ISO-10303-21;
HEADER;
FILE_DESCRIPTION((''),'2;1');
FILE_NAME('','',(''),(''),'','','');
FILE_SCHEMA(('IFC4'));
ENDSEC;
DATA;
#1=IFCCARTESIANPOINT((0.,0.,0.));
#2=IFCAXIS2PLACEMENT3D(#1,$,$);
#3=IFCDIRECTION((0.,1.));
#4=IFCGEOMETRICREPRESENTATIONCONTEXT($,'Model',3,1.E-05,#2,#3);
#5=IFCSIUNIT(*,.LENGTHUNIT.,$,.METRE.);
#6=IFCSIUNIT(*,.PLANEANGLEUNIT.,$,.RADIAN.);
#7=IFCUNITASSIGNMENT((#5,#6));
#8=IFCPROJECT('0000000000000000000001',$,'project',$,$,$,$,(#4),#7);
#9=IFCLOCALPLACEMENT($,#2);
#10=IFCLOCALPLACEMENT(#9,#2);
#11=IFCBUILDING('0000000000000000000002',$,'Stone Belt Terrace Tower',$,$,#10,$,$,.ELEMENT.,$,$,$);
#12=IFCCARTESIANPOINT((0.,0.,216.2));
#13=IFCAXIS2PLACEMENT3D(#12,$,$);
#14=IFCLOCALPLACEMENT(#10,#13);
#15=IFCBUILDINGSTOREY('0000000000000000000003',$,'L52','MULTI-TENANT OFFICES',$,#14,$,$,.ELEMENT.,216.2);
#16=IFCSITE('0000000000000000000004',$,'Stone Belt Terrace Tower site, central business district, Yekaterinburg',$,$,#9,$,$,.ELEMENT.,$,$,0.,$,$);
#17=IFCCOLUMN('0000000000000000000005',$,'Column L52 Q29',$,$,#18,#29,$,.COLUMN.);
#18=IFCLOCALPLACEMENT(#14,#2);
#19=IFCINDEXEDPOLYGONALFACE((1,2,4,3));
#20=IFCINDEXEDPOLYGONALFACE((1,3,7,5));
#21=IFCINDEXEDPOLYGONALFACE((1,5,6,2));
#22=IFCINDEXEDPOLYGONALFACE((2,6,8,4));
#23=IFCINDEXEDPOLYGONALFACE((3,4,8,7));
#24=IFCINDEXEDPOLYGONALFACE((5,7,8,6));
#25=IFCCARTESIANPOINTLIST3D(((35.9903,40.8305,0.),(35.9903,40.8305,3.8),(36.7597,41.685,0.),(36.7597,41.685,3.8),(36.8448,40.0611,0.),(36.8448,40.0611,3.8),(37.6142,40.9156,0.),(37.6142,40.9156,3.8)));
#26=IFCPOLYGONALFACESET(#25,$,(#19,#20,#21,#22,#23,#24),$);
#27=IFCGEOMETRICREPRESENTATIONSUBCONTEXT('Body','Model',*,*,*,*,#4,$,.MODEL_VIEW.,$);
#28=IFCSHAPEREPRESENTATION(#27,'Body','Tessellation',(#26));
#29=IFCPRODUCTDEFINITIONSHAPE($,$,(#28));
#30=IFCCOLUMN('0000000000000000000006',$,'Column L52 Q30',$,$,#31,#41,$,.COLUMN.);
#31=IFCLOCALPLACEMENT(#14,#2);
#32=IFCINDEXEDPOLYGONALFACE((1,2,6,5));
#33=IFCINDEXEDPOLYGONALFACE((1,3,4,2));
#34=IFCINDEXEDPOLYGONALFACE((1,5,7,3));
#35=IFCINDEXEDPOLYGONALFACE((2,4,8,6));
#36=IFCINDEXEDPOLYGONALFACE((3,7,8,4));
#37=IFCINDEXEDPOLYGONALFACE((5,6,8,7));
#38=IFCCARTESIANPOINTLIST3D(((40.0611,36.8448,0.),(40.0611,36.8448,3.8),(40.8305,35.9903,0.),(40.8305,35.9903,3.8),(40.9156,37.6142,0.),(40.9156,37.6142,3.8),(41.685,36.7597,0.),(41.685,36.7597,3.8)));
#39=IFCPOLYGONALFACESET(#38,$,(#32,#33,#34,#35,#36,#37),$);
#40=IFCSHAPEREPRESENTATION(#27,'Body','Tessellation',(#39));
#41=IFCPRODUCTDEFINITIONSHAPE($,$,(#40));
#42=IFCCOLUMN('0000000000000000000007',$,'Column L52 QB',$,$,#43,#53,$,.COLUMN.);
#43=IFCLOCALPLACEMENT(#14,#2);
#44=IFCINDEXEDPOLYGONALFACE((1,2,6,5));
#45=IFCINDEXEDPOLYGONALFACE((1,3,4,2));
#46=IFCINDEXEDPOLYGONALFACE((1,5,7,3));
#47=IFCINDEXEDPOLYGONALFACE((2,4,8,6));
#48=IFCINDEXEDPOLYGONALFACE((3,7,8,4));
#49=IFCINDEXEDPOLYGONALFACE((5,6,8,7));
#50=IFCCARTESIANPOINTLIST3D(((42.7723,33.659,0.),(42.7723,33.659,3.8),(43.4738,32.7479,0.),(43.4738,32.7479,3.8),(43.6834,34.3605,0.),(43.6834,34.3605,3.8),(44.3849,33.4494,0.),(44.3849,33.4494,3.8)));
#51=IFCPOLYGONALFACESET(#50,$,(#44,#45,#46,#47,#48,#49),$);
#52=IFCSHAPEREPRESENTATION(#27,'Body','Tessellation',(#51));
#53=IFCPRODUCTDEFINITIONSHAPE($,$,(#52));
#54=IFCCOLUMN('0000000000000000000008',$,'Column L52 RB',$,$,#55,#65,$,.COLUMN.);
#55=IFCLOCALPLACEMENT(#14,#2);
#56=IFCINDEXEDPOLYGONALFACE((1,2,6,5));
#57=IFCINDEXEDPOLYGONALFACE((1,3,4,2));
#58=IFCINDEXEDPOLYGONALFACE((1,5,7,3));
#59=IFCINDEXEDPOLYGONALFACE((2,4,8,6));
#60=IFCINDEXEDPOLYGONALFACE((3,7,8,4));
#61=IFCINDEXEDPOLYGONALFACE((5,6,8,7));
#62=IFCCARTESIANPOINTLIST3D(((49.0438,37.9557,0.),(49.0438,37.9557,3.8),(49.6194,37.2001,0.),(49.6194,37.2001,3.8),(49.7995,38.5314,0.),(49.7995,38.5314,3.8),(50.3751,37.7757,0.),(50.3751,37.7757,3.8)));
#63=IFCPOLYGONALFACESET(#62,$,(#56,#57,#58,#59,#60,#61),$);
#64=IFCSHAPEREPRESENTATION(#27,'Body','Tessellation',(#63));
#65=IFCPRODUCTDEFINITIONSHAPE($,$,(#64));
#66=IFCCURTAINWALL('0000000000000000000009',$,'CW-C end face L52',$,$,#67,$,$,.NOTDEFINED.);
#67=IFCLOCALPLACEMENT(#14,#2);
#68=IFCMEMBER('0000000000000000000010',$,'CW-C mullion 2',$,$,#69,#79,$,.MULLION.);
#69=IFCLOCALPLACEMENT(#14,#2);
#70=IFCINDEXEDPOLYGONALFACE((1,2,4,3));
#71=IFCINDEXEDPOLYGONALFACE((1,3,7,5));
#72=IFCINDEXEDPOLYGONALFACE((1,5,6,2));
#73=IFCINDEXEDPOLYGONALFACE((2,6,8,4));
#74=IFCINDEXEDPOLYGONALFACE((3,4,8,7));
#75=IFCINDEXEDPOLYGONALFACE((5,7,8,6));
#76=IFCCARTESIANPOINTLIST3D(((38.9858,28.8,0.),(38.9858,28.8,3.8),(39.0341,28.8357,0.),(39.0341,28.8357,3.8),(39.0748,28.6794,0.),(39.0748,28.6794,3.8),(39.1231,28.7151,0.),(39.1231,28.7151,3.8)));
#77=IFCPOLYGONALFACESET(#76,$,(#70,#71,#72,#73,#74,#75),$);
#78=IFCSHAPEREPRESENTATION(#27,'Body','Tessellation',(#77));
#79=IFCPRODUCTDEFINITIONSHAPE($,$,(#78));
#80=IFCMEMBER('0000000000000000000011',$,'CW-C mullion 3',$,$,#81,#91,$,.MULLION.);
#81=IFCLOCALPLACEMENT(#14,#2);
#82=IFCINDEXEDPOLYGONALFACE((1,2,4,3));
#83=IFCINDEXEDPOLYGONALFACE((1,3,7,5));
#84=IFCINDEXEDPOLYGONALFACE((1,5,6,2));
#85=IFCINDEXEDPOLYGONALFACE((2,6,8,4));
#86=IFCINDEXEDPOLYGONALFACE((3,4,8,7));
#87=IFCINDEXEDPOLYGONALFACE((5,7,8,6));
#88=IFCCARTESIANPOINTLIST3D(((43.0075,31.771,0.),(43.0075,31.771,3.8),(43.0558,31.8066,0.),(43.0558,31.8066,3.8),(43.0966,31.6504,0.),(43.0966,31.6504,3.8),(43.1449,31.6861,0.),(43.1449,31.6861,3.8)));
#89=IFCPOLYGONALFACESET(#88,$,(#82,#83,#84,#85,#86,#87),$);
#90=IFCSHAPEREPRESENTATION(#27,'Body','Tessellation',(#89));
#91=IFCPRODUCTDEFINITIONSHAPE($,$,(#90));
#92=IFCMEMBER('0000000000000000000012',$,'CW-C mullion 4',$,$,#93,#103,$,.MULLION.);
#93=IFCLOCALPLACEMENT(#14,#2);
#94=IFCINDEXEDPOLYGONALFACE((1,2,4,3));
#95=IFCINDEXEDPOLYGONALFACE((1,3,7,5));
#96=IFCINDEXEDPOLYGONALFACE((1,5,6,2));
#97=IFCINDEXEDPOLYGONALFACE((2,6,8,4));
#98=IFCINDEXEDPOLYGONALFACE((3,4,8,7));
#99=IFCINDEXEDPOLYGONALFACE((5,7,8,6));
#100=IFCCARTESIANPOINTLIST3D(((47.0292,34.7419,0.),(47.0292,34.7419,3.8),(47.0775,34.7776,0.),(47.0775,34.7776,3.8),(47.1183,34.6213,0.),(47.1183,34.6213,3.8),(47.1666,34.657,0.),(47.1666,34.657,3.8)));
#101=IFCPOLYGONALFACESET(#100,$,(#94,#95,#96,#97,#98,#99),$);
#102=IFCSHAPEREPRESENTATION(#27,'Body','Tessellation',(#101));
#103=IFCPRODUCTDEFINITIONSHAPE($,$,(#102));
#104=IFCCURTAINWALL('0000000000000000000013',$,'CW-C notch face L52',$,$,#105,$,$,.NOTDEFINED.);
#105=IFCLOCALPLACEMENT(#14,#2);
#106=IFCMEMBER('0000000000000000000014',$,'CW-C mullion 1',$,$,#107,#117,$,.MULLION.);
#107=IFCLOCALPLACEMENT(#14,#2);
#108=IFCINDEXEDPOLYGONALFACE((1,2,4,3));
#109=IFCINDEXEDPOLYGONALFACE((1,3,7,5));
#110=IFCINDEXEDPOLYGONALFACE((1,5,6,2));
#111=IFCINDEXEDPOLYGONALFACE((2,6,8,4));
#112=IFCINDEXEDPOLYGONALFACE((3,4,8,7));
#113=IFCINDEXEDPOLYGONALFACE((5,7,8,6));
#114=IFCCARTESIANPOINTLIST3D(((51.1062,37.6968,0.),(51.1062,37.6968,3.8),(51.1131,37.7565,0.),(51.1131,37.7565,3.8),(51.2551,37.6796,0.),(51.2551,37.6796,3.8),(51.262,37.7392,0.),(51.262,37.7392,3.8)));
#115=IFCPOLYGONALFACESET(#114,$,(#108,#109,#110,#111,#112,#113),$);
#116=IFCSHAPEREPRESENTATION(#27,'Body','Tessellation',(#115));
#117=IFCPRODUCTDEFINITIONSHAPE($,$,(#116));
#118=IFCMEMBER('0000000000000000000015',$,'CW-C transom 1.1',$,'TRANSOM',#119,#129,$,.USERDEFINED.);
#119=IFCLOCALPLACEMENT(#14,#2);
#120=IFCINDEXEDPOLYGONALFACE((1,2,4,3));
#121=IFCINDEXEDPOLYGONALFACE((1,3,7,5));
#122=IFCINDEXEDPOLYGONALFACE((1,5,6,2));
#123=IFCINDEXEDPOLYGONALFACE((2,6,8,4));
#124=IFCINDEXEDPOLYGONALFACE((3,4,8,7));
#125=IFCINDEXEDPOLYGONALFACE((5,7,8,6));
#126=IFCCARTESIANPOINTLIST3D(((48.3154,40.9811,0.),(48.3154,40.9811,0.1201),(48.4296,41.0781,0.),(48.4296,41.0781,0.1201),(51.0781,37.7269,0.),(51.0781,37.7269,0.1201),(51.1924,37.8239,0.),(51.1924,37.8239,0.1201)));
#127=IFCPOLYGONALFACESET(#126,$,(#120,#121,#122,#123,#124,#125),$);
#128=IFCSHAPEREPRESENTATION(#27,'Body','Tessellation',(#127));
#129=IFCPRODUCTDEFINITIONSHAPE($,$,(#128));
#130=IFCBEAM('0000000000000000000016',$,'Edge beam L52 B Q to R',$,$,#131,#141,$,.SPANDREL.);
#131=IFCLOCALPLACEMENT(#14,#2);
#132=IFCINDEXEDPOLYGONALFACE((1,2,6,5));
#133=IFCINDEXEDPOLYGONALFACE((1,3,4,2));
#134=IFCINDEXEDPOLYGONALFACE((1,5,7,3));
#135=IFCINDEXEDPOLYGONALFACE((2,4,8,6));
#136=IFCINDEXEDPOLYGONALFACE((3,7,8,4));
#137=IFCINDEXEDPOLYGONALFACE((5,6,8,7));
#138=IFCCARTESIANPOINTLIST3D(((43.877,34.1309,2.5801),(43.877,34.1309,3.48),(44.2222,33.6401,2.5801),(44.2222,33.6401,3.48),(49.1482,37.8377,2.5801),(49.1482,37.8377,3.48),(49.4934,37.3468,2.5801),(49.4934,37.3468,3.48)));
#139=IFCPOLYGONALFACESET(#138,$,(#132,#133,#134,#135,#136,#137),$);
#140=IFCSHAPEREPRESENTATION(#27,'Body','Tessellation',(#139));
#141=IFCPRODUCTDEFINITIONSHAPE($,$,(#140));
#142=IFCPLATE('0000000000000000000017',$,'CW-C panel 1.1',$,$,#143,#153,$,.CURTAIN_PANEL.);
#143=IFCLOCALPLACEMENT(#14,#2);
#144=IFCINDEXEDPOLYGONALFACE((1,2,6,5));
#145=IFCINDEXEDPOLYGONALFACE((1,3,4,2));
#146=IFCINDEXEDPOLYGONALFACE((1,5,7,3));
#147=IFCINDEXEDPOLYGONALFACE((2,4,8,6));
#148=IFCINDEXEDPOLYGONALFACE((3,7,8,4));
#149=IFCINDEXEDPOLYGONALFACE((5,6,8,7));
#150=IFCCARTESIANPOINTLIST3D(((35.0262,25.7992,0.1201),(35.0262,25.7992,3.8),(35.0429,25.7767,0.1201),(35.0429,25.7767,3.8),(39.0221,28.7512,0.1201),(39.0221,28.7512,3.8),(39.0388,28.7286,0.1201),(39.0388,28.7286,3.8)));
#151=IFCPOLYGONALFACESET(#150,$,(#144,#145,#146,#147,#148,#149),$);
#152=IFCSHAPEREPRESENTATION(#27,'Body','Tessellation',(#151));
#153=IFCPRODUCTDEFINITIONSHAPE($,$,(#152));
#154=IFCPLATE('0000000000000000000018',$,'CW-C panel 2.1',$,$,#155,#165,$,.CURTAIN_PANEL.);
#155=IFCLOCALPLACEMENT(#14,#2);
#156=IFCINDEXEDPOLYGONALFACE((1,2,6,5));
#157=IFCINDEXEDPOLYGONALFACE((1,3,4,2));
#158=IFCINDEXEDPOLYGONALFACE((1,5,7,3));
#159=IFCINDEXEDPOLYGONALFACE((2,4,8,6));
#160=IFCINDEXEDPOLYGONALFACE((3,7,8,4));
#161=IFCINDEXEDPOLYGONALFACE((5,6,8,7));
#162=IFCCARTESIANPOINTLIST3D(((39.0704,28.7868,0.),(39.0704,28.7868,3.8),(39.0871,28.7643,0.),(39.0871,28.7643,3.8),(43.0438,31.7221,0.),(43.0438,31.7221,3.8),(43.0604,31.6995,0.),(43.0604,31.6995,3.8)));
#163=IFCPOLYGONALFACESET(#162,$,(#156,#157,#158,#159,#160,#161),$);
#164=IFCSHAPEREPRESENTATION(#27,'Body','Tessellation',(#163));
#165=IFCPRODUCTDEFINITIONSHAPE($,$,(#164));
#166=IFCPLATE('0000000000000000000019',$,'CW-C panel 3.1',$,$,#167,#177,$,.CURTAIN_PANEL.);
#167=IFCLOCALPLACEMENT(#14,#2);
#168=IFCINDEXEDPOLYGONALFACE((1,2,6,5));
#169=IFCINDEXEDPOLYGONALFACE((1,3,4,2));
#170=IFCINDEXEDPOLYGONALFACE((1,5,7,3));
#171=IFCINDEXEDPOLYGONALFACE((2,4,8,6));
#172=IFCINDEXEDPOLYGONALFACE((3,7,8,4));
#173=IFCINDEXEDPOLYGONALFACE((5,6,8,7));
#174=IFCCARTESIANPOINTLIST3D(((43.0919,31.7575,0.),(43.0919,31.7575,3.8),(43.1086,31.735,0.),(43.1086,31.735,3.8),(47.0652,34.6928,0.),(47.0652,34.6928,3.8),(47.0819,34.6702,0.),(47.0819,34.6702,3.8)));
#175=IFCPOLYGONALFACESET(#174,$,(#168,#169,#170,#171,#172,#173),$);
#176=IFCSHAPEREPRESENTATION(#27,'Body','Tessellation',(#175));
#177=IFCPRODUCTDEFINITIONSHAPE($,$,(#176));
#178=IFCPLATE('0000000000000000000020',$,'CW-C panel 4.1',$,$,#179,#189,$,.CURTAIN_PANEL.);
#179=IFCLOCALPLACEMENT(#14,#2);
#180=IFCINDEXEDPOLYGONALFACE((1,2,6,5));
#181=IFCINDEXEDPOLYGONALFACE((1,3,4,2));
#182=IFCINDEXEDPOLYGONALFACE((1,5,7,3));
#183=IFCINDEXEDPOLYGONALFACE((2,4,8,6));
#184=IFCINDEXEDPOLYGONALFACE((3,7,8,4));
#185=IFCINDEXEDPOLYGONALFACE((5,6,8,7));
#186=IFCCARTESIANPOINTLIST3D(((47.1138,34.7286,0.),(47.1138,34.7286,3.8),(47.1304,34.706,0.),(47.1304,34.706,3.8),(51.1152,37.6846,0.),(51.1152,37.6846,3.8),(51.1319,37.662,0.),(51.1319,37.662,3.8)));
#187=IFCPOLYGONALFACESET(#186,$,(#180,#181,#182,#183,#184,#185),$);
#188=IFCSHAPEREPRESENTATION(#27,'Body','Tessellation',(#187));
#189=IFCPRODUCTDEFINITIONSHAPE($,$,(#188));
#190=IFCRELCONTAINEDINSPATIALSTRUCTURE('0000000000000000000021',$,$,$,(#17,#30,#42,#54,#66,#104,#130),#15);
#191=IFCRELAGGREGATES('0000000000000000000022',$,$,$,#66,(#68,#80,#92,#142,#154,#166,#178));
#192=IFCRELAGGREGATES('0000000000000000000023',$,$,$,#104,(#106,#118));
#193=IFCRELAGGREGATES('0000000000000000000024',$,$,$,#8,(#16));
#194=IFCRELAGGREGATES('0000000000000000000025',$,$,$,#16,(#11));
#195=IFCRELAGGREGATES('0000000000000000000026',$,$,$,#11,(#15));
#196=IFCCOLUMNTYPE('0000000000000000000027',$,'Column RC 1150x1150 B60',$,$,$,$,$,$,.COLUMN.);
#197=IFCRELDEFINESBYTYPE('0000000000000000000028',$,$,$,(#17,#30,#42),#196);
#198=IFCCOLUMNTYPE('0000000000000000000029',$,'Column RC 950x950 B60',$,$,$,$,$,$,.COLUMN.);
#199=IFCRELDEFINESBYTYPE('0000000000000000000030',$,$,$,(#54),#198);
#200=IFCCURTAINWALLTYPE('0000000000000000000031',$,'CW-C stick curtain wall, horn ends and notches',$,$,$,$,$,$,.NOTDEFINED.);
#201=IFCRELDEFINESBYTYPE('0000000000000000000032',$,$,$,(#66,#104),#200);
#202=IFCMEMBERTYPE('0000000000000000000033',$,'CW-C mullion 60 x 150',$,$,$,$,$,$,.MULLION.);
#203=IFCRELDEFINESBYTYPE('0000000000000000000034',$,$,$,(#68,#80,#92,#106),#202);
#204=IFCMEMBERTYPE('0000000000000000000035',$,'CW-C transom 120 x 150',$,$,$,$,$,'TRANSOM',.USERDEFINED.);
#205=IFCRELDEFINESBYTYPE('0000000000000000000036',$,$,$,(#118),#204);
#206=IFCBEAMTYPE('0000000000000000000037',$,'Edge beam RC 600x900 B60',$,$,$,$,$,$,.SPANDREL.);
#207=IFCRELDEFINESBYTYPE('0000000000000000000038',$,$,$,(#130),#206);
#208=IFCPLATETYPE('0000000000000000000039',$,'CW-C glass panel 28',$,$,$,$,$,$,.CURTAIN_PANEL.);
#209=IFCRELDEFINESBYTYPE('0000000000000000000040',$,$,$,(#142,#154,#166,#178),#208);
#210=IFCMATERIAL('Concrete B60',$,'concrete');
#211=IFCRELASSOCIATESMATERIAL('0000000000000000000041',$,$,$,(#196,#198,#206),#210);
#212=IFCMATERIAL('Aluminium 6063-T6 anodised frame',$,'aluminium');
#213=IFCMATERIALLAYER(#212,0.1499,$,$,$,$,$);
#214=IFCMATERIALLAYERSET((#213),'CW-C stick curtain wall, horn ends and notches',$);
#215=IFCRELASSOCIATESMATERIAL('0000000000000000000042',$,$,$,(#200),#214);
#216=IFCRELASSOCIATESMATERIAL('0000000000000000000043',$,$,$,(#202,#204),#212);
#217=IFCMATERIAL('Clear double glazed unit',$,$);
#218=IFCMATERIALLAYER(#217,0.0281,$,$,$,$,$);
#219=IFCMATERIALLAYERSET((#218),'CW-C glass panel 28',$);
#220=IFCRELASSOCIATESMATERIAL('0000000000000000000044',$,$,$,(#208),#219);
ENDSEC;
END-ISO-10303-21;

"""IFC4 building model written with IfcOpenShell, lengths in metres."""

from ifc_helpers import new_model, si_unit, direction, frame, origin, origin_2d, place, context, subcontext, project, spatial, rectangle, extrude, material, layer, layer_set, material_profile, profile_set, type_object, element, aggregate, save


model = new_model("IFC4")

# Units and contexts
model_context = context("Model", 3, precision=1e-05, world=origin(), true_north=direction((0.0, 1.0)))
body_context = subcontext(model_context, "Body", "Model", "MODEL_VIEW")
ifc_project = project(units=[si_unit("LENGTHUNIT", "METRE"), si_unit("PLANEANGLEUNIT", "RADIAN")], contexts=[model_context])

# Site, building, storey
site_placement = place(None, origin())
site = spatial("IfcSite", under=ifc_project, at=site_placement, Name="Stone Belt Terrace Tower site, central business district, Yekaterinburg", CompositionType="ELEMENT", RefElevation=0.0)
building_placement = place(site_placement, origin())
building = spatial("IfcBuilding", under=site, at=building_placement, Name="Stone Belt Terrace Tower", CompositionType="ELEMENT")
storey_placement = place(building_placement, frame((0.0, 0.0, 216.2)))
storey = spatial("IfcBuildingStorey", under=building, at=storey_placement, Name="L52", Description="MULTI-TENANT OFFICES", CompositionType="ELEMENT", Elevation=216.2)

# Columns
ifc_material_1 = material(Name="Concrete B60", Category="concrete")
ifc_material_profile_1 = material_profile(ifc_material_1, rectangle(XDim=1.1499, YDim=1.1499, at=origin_2d()), Name="RC 1150x1150")
ifc_profile_set_1 = profile_set([ifc_material_profile_1], Name="Concrete B60")
column_type_1 = type_object("IfcColumnType", Name="Column RC 1150x1150 B60", PredefinedType="COLUMN", material=ifc_profile_set_1)
for number, where, z_axis, x_axis, name in (
    (1, (36.8022, 40.873, 0.0), (0.0, 0.0, 1.0), (0.743145, -0.669131, 0.0), "Column L52 Q29"),
    (2, (40.873, 36.8022, 0.0), (0.0, 0.0, 1.0), (0.669131, -0.743145, 0.0), "Column L52 Q30"),
    (3, (43.5786, 33.5542, 0.0), (0.0, 0.0, 1.0), (0.610079, -0.792341, 0.0), "Column L52 QB"),
):
    element("IfcColumn", number, at=place(storey_placement, frame(where, z_axis=z_axis, x_axis=x_axis)), inside=storey, type_object=column_type_1, Name=name, PredefinedType="COLUMN", context=body_context, shape_type="SweptSolid", body=[
        extrude(rectangle(XDim=1.1499, YDim=1.1499, at=origin_2d()), origin(), (0.0, 0.0, 1.0), 3.8),
    ])
ifc_material_profile_2 = material_profile(ifc_material_1, rectangle(XDim=0.95, YDim=0.95, at=origin_2d()), Name="RC 950x950")
ifc_profile_set_2 = profile_set([ifc_material_profile_2], Name="Concrete B60")
column_type_2 = type_object("IfcColumnType", Name="Column RC 950x950 B60", PredefinedType="COLUMN", material=ifc_profile_set_2)
column_placement = place(storey_placement, frame((49.7095, 37.8657, 0.0), z_axis=(0.0, 0.0, 1.0), x_axis=(0.605961, -0.795495, 0.0)))
element("IfcColumn", 4, at=column_placement, inside=storey, type_object=column_type_2, Name="Column L52 RB", PredefinedType="COLUMN", context=body_context, shape_type="SweptSolid", body=[
    extrude(rectangle(XDim=0.95, YDim=0.95, at=origin_2d()), origin(), (0.0, 0.0, 1.0), 3.8),
])

# Curtain walls, members
ifc_material_2 = material(Name="Aluminium 6063-T6 anodised frame", Category="aluminium")
ifc_layer_1 = layer(ifc_material_2, 0.1499)
ifc_layer_set_1 = layer_set([ifc_layer_1], Name="CW-C stick curtain wall, horn ends and notches")
curtain_wall_type = type_object("IfcCurtainWallType", Name="CW-C stick curtain wall, horn ends and notches", PredefinedType="NOTDEFINED", material=ifc_layer_set_1)
curtain_wall_1_placement = place(storey_placement, origin())
curtain_wall_1 = element("IfcCurtainWall", 5, at=curtain_wall_1_placement, inside=storey, type_object=curtain_wall_type, Name="CW-C end face L52", PredefinedType="NOTDEFINED")
ifc_material_profile_3 = material_profile(ifc_material_2, rectangle(XDim=0.1499, YDim=0.0601, at=origin_2d()), Name="Aluminium 6063-T6 60x150")
ifc_profile_set_3 = profile_set([ifc_material_profile_3], Name="Aluminium 6063-T6 anodised frame")
member_type_1 = type_object("IfcMemberType", Name="CW-C mullion 60 x 150", PredefinedType="MULLION", material=ifc_profile_set_3)
member_1_placement = place(storey_placement, frame((39.0544, 28.7576, 0.0), z_axis=(0.0, 0.0, 1.0), x_axis=(-0.594184, 0.804329, 0.0)))
member_1 = element("IfcMember", 6, at=member_1_placement, type_object=member_type_1, Name="CW-C mullion 2", PredefinedType="MULLION", context=body_context, shape_type="SweptSolid", body=[
    extrude(rectangle(XDim=0.1499, YDim=0.0601, at=origin_2d()), origin(), (0.0, 0.0, 1.0), 3.8),
])
member_2_placement = place(storey_placement, frame((43.0762, 31.7285, 0.0), z_axis=(0.0, 0.0, 1.0), x_axis=(-0.594184, 0.804329, 0.0)))
member_2 = element("IfcMember", 7, at=member_2_placement, type_object=member_type_1, Name="CW-C mullion 3", PredefinedType="MULLION", context=body_context, shape_type="SweptSolid", body=[
    extrude(rectangle(XDim=0.1499, YDim=0.0601, at=origin_2d()), origin(), (0.0, 0.0, 1.0), 3.8),
])
member_3_placement = place(storey_placement, frame((47.0979, 34.6995, 0.0), z_axis=(0.0, 0.0, 1.0), x_axis=(-0.594184, 0.804329, 0.0)))
member_3 = element("IfcMember", 8, at=member_3_placement, type_object=member_type_1, Name="CW-C mullion 4", PredefinedType="MULLION", context=body_context, shape_type="SweptSolid", body=[
    extrude(rectangle(XDim=0.1499, YDim=0.0601, at=origin_2d()), origin(), (0.0, 0.0, 1.0), 3.8),
])
curtain_wall_2_placement = place(storey_placement, origin())
curtain_wall_2 = element("IfcCurtainWall", 9, at=curtain_wall_2_placement, inside=storey, type_object=curtain_wall_type, Name="CW-C notch face L52", PredefinedType="NOTDEFINED")
member_4_placement = place(storey_placement, frame((51.1841, 37.718, 0.0), z_axis=(0.0, 0.0, 1.0), x_axis=(-0.993359, 0.115057, 0.0)))
member_4 = element("IfcMember", 10, at=member_4_placement, type_object=member_type_1, Name="CW-C mullion 1", PredefinedType="MULLION", context=body_context, shape_type="SweptSolid", body=[
    extrude(rectangle(XDim=0.1499, YDim=0.0601, at=origin_2d()), origin(), (0.0, 0.0, 1.0), 3.8),
])
ifc_material_profile_4 = material_profile(ifc_material_2, rectangle(XDim=0.1499, YDim=0.1201, at=origin_2d()), Name="Aluminium 6063-T6 150x120")
ifc_profile_set_4 = profile_set([ifc_material_profile_4], Name="Aluminium 6063-T6 anodised frame")
member_type_2 = type_object("IfcMemberType", Name="CW-C transom 120 x 150", ElementType="TRANSOM", PredefinedType="USERDEFINED", material=ifc_profile_set_4)
member_5_placement = place(storey_placement, frame((51.1353, 37.7754, 0.0601), z_axis=(-0.647195, 0.762324, 0.0), x_axis=(-0.762324, -0.647195, 0.0)))
member_5 = element("IfcMember", 11, at=member_5_placement, type_object=member_type_2, Name="CW-C transom 1.1", ObjectType="TRANSOM", PredefinedType="USERDEFINED", context=body_context, shape_type="SweptSolid", body=[
    extrude(rectangle(XDim=0.1499, YDim=0.1201, at=origin_2d()), origin(), (0.0, 0.0, 1.0), 4.2688),
])

# Beam
ifc_material_profile_5 = material_profile(ifc_material_1, rectangle(XDim=0.6001, YDim=0.8999, at=origin_2d()), Name="RC 600x900")
ifc_profile_set_5 = profile_set([ifc_material_profile_5], Name="Concrete B60")
beam_type = type_object("IfcBeamType", Name="Edge beam RC 600x900 B60", PredefinedType="SPANDREL", material=ifc_profile_set_5)
beam_placement = place(storey_placement, frame((44.0496, 33.8855, 3.03), z_axis=(0.817997, 0.575223, 0.0), x_axis=(-0.575223, 0.817997, 0.0)))
element("IfcBeam", 12, at=beam_placement, inside=storey, type_object=beam_type, Name="Edge beam L52 B Q to R", PredefinedType="SPANDREL", context=body_context, shape_type="SweptSolid", body=[
    extrude(rectangle(XDim=0.6001, YDim=0.8999, at=origin_2d()), origin(), (0.0, 0.0, 1.0), 6.4441),
])

# Plates
ifc_material_3 = material(Name="Clear double glazed unit")
ifc_layer_2 = layer(ifc_material_3, 0.0281)
ifc_layer_set_2 = layer_set([ifc_layer_2], Name="CW-C glass panel 28")
plate_type = type_object("IfcPlateType", Name="CW-C glass panel 28", PredefinedType="CURTAIN_PANEL", material=ifc_layer_set_2)
plate_1_placement = place(storey_placement, frame((37.0325, 27.2639, 0.1201), z_axis=(0.0, 0.0, 1.0), x_axis=(0.804329, 0.594184, 0.0)))
plate_1 = element("IfcPlate", 13, at=plate_1_placement, type_object=plate_type, Name="CW-C panel 1.1", PredefinedType="CURTAIN_PANEL", context=body_context, shape_type="SweptSolid", body=[
    extrude(rectangle(XDim=4.968, YDim=0.0281, at=origin_2d()), origin(), (0.0, 0.0, 1.0), 3.6799),
])
plate_2_placement = place(storey_placement, frame((41.0654, 30.2432, 0.0), z_axis=(0.0, 0.0, 1.0), x_axis=(0.804329, 0.594184, 0.0)))
plate_2 = element("IfcPlate", 14, at=plate_2_placement, type_object=plate_type, Name="CW-C panel 2.1", PredefinedType="CURTAIN_PANEL", context=body_context, shape_type="SweptSolid", body=[
    extrude(rectangle(XDim=4.9399, YDim=0.0281, at=origin_2d()), origin(), (0.0, 0.0, 1.0), 3.8),
])
plate_3_placement = place(storey_placement, frame((45.0869, 33.2139, 0.0), z_axis=(0.0, 0.0, 1.0), x_axis=(0.804329, 0.594184, 0.0)))
plate_3 = element("IfcPlate", 15, at=plate_3_placement, type_object=plate_type, Name="CW-C panel 3.1", PredefinedType="CURTAIN_PANEL", context=body_context, shape_type="SweptSolid", body=[
    extrude(rectangle(XDim=4.9399, YDim=0.0281, at=origin_2d()), origin(), (0.0, 0.0, 1.0), 3.8),
])
plate_4_placement = place(storey_placement, frame((49.1228, 36.1953, 0.0), z_axis=(0.0, 0.0, 1.0), x_axis=(0.804329, 0.594184, 0.0)))
plate_4 = element("IfcPlate", 16, at=plate_4_placement, type_object=plate_type, Name="CW-C panel 4.1", PredefinedType="CURTAIN_PANEL", context=body_context, shape_type="SweptSolid", body=[
    extrude(rectangle(XDim=4.9749, YDim=0.0281, at=origin_2d()), origin(), (0.0, 0.0, 1.0), 3.8),
])
aggregate(curtain_wall_1, [member_1, member_2, member_3, plate_1, plate_2, plate_3, plate_4])
aggregate(curtain_wall_2, [member_4, member_5])

save(model, "model.ifc")
